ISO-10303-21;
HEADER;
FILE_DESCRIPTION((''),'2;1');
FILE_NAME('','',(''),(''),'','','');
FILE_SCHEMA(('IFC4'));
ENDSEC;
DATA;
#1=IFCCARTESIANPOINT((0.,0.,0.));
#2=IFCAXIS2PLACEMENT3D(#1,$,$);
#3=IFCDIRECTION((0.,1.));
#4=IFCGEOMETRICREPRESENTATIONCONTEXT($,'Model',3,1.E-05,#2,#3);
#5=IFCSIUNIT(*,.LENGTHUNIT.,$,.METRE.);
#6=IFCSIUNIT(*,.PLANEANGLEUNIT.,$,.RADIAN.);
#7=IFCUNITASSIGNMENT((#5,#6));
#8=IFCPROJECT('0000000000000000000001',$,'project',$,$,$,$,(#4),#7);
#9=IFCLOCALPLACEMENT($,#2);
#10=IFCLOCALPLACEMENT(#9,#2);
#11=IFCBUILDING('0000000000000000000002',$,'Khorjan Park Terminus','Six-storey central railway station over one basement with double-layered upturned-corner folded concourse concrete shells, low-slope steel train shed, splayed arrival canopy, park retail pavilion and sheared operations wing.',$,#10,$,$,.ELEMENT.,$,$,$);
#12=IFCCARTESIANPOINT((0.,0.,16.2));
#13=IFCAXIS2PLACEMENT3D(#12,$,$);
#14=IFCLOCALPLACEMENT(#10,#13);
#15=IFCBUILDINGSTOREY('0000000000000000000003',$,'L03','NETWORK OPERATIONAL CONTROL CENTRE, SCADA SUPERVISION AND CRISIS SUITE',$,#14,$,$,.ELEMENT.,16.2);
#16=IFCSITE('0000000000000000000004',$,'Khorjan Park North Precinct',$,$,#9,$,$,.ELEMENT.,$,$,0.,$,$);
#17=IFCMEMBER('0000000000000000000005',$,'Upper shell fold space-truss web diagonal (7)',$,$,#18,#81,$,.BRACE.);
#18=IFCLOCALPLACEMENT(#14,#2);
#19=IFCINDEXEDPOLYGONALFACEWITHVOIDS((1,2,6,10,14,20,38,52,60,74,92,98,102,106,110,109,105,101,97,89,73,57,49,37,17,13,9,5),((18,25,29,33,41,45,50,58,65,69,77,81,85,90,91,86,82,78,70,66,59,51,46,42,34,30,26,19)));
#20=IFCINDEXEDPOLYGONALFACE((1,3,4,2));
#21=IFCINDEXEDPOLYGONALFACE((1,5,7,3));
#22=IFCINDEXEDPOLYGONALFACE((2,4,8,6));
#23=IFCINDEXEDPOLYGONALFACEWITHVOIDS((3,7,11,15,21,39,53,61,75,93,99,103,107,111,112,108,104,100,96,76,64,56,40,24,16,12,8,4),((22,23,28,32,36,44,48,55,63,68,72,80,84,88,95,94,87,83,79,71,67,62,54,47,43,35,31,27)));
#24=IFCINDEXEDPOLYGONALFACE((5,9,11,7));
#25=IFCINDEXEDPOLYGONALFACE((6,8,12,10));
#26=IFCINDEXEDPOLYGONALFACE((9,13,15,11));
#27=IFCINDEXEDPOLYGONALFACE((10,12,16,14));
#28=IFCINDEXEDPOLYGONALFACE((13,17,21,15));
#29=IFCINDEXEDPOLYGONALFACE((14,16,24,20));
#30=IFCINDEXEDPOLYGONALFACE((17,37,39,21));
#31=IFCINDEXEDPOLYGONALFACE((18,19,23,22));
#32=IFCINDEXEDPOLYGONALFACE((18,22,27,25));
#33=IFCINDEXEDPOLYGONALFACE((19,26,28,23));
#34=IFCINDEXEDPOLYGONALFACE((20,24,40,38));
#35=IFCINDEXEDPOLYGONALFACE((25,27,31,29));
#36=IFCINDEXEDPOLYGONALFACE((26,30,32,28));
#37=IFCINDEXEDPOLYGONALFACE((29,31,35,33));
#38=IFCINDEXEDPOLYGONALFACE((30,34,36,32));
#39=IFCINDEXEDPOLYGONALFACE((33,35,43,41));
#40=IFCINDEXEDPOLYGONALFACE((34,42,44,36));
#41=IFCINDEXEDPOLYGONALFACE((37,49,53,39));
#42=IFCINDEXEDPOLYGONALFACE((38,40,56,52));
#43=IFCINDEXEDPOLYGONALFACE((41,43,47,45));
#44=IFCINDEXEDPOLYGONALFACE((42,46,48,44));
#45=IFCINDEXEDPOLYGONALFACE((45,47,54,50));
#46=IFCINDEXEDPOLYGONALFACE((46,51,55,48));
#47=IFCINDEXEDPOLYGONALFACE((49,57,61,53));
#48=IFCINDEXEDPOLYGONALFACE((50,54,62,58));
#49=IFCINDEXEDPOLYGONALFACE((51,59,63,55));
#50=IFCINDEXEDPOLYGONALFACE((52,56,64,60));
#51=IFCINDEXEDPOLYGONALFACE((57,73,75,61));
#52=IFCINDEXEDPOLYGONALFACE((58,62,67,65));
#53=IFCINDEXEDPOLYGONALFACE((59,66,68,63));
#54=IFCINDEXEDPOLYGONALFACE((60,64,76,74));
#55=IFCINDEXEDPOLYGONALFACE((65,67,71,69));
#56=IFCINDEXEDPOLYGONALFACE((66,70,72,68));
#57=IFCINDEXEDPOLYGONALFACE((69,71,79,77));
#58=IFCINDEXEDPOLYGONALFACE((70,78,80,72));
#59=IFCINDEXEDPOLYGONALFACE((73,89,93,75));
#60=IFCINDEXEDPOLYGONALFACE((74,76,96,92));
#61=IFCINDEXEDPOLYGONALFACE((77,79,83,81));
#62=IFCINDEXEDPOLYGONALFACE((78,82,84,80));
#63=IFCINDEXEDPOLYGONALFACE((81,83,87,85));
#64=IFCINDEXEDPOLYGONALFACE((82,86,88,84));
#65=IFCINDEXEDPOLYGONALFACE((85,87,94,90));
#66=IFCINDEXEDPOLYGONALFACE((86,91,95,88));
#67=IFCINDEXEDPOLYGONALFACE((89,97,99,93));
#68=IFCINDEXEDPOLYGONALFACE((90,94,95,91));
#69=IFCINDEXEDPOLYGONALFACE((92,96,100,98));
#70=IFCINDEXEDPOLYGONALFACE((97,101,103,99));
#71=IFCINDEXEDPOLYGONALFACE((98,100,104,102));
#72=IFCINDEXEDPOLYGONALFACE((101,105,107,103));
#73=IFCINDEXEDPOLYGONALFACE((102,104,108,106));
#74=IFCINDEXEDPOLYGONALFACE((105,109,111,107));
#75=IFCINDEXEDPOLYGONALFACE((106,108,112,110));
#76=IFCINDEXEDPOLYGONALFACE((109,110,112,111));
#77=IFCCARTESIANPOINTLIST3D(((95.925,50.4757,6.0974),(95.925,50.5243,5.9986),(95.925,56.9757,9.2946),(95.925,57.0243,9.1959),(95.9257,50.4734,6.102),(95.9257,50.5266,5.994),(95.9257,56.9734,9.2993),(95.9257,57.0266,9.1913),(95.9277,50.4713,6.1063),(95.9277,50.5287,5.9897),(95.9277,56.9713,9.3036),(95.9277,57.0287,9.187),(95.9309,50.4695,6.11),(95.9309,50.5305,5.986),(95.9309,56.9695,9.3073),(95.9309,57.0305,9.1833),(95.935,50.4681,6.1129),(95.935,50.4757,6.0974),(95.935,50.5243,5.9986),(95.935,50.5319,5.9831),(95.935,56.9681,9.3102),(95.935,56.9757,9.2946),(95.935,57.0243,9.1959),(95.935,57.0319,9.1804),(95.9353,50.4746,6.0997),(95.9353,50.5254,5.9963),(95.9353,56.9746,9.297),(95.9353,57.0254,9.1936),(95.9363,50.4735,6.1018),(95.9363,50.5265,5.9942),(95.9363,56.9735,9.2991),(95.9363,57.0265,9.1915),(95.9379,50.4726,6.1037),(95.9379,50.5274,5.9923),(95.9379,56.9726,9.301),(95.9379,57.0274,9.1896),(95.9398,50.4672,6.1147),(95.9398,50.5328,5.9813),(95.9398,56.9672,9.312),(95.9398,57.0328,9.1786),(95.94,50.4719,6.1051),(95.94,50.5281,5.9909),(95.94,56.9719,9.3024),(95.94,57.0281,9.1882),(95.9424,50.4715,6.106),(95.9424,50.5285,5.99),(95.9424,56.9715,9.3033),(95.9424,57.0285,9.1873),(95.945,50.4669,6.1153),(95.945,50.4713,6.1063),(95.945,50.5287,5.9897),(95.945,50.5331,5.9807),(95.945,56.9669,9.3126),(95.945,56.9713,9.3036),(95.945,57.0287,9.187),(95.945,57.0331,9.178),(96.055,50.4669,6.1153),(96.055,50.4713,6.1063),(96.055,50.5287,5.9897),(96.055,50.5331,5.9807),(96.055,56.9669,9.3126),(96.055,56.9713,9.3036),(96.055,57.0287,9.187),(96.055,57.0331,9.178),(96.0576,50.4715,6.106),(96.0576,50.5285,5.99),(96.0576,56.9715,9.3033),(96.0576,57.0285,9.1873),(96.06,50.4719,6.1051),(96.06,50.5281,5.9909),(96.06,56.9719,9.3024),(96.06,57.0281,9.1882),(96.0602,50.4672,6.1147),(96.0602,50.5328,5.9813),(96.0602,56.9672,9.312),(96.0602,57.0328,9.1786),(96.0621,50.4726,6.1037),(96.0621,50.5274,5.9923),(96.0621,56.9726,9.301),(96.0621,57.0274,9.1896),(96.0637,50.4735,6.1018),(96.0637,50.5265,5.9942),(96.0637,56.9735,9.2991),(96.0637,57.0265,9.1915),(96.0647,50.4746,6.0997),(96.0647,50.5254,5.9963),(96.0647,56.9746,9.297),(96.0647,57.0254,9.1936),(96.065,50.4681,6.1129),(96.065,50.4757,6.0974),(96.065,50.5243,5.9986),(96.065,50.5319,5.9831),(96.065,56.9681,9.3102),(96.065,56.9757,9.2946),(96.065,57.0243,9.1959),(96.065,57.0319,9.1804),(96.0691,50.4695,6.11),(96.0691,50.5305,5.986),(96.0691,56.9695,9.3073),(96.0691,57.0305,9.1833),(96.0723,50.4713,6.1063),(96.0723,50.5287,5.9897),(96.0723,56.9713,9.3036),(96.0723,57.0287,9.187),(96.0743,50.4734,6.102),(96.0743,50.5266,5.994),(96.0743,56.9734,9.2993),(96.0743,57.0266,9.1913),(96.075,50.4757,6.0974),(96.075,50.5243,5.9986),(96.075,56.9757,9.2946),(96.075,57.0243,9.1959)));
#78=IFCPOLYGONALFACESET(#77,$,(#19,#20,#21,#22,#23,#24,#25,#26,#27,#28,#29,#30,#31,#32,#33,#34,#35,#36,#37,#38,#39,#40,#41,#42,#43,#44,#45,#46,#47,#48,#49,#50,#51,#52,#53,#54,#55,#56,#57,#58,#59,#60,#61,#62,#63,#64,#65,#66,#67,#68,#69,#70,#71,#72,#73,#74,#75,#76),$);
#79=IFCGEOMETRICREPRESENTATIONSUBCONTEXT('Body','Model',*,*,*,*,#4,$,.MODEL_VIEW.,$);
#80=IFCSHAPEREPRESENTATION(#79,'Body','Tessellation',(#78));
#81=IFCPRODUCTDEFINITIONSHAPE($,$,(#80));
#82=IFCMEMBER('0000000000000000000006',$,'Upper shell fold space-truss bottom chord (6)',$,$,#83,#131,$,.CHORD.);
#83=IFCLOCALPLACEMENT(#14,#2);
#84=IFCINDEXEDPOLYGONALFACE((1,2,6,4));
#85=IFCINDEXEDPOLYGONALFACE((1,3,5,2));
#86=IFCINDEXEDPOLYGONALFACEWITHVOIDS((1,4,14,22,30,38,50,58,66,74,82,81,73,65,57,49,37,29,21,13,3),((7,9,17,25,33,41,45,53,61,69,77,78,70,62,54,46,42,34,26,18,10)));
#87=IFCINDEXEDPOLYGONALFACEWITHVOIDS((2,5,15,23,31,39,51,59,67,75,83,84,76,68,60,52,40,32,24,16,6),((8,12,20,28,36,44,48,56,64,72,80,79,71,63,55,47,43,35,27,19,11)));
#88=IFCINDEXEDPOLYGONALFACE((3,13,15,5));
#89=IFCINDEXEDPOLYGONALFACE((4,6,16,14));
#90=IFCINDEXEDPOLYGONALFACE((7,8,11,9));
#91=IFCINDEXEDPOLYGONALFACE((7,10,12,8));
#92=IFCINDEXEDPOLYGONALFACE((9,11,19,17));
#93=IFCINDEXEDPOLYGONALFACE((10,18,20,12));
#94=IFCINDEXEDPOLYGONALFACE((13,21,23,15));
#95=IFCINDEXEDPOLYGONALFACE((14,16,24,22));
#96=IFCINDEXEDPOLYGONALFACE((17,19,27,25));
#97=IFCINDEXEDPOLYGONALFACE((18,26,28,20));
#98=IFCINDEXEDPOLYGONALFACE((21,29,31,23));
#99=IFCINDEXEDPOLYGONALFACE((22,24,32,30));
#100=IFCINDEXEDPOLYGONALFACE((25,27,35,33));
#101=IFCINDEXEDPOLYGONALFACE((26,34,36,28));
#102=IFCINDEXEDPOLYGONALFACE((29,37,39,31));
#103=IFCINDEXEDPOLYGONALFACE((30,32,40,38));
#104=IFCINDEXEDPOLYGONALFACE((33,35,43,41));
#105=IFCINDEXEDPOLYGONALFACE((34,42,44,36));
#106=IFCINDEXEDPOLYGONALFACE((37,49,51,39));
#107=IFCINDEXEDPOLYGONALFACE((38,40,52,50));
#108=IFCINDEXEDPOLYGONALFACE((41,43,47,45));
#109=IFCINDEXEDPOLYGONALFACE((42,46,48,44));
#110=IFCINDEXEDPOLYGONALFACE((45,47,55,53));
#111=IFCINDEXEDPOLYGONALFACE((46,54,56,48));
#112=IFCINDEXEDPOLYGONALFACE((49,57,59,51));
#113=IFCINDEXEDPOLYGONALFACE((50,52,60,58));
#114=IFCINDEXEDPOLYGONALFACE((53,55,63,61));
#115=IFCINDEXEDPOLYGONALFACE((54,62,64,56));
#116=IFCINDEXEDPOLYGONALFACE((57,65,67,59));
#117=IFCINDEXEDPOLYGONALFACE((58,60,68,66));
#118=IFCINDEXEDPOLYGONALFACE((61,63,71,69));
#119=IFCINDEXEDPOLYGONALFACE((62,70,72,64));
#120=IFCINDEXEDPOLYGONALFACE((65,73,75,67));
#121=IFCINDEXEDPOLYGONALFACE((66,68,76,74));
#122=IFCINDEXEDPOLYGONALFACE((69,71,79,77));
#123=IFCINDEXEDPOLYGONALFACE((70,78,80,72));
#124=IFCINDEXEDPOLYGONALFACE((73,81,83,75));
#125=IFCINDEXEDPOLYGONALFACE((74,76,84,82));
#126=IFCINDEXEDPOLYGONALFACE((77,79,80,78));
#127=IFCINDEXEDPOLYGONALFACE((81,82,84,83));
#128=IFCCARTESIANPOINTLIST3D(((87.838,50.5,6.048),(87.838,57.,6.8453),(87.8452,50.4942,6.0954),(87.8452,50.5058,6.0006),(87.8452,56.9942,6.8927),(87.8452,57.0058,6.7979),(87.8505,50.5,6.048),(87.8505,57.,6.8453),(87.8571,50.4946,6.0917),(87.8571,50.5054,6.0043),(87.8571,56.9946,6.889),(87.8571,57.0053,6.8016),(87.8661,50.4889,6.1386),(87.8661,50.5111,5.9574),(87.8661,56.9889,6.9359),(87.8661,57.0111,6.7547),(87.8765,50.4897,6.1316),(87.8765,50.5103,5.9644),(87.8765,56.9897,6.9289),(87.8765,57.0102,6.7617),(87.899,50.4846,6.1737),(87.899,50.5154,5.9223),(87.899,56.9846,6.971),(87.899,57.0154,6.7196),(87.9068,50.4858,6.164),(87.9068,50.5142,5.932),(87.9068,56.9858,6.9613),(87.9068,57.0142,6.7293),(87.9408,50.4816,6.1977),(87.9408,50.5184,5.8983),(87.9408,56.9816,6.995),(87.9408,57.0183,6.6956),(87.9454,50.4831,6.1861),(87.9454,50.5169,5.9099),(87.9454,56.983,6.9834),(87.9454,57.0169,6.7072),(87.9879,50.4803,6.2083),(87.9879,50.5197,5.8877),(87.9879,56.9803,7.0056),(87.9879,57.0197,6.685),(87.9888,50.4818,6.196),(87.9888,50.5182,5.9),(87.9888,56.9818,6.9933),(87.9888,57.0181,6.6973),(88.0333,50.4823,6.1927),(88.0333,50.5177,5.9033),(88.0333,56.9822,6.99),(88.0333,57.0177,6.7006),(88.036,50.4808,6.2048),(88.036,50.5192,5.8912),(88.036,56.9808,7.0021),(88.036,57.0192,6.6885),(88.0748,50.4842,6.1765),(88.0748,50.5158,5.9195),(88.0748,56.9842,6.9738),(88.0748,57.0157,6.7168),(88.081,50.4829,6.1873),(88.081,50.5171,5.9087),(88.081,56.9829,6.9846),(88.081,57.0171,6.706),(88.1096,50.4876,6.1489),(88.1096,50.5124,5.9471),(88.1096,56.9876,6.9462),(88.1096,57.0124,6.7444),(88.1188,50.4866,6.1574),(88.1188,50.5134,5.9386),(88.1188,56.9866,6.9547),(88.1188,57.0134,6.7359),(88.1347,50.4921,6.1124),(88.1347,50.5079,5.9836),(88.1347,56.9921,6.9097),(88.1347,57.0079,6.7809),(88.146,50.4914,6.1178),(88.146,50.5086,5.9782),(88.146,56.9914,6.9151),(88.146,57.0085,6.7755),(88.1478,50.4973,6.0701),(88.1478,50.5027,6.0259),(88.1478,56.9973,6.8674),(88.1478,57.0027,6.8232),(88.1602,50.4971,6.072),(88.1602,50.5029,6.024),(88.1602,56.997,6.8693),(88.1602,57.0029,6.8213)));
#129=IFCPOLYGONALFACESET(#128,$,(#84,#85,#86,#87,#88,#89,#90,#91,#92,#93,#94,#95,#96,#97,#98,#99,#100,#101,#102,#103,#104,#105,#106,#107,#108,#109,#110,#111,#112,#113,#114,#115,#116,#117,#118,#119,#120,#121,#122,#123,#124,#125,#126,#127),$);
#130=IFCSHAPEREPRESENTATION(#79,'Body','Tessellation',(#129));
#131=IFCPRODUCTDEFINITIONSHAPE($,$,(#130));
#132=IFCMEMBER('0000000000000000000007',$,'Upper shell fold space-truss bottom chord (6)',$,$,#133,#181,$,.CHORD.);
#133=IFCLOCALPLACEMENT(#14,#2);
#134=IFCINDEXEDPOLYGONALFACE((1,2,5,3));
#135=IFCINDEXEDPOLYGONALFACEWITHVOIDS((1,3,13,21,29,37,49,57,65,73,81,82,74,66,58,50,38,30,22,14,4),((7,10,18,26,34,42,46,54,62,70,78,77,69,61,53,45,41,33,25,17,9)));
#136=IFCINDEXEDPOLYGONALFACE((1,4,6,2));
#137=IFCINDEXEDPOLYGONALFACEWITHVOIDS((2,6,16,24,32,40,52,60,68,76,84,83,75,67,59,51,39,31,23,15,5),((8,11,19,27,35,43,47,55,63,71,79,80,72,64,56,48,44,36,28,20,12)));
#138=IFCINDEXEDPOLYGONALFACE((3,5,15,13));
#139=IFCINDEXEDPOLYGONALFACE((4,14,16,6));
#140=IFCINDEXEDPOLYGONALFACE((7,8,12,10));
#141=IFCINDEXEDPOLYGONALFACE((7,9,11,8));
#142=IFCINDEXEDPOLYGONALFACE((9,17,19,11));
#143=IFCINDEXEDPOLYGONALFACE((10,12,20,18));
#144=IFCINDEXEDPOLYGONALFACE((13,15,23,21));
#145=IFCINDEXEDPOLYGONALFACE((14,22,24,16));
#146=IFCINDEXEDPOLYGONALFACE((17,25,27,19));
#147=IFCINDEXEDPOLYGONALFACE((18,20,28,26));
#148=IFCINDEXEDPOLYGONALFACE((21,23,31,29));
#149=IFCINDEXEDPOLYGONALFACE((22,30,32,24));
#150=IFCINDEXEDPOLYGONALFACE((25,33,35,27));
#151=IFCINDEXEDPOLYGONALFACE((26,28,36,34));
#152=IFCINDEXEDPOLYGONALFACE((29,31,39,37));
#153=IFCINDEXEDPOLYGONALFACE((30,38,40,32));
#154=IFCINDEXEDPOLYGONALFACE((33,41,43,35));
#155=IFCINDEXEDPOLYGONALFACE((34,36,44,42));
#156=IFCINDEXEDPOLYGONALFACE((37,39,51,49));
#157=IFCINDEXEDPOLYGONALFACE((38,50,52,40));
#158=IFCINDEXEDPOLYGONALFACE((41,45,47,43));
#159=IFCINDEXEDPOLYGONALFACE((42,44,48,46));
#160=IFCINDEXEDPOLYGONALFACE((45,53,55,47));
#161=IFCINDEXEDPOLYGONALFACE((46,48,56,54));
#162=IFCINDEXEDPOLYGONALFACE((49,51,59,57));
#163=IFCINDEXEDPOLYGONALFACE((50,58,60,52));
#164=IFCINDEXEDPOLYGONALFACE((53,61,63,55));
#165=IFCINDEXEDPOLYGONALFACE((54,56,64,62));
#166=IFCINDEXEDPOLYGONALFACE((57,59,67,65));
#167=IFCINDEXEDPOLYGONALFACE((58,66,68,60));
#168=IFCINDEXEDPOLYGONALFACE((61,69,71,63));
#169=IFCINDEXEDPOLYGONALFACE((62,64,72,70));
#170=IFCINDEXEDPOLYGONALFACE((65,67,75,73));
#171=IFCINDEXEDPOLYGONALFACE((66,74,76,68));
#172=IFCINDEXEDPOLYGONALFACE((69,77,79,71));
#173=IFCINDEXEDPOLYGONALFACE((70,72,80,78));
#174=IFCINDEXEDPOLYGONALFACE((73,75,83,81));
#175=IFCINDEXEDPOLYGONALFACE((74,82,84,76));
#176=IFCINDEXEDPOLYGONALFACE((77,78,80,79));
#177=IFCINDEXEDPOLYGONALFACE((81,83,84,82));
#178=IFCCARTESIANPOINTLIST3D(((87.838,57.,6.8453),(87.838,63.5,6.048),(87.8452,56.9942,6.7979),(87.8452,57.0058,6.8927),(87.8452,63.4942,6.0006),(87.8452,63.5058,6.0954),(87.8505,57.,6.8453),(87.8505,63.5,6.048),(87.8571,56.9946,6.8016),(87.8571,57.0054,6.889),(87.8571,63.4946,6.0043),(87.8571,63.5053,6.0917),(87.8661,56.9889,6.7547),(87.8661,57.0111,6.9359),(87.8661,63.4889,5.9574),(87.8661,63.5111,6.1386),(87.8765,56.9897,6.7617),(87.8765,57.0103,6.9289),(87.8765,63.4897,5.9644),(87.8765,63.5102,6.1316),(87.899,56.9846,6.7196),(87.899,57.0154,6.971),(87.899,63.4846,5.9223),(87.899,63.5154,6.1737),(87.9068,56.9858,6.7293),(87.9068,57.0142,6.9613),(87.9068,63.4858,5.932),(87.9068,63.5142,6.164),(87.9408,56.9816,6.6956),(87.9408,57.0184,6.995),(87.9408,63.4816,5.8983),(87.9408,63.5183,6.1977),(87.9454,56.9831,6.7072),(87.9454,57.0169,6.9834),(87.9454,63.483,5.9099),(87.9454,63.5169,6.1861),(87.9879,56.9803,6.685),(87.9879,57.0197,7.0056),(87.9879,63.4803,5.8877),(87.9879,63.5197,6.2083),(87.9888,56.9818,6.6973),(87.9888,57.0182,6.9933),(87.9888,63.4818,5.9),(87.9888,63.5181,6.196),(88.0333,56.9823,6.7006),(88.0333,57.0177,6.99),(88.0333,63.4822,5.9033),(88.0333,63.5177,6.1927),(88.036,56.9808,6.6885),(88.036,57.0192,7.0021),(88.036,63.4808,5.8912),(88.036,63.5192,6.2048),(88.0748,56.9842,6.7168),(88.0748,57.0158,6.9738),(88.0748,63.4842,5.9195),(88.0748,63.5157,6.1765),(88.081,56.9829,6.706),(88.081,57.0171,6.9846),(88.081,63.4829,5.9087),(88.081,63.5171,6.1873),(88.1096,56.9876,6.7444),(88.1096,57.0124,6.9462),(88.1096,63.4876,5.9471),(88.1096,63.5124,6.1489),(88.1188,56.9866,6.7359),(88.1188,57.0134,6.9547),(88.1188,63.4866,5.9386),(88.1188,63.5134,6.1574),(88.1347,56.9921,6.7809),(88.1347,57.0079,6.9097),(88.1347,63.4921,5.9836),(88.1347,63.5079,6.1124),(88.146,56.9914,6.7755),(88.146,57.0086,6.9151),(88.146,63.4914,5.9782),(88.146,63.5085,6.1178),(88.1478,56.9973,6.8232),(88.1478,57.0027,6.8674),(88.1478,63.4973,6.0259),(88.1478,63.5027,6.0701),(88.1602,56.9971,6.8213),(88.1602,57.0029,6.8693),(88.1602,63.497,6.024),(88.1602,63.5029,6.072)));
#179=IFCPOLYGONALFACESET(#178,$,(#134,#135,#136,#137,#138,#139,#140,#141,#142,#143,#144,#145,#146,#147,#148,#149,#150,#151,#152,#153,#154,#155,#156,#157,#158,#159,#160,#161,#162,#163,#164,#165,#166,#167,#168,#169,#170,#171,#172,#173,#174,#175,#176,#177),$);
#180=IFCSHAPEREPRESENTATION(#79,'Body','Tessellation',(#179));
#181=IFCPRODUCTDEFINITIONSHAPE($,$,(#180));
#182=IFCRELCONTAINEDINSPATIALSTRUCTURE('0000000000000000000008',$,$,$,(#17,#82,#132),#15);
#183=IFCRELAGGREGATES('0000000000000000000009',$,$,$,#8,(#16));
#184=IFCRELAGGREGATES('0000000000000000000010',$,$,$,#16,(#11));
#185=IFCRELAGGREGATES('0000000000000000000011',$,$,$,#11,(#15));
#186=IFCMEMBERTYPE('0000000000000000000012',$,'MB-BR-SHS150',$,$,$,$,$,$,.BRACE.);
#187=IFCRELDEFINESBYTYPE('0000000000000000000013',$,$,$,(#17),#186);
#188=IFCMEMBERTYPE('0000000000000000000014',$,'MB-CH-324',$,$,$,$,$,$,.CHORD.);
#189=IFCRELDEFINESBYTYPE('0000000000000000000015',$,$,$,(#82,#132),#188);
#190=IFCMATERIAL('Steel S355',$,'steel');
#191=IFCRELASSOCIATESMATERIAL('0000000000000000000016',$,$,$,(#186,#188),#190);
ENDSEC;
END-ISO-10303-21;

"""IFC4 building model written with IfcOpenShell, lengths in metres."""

from ifc_helpers import new_model, si_unit, direction, frame, origin, origin_2d, place, context, subcontext, project, spatial, hollow_rectangle, hollow_circle, extrude, material, material_profile, profile_set, type_object, element, save


model = new_model("IFC4")

# Units and contexts
model_context = context("Model", 3, precision=1e-05, world=origin(), true_north=direction((0.0, 1.0)))
body_context = subcontext(model_context, "Body", "Model", "MODEL_VIEW")
ifc_project = project(units=[si_unit("LENGTHUNIT", "METRE"), si_unit("PLANEANGLEUNIT", "RADIAN")], contexts=[model_context])

# Site, building, storey
site_placement = place(None, origin())
site = spatial("IfcSite", under=ifc_project, at=site_placement, Name="Khorjan Park North Precinct", CompositionType="ELEMENT", RefElevation=0.0)
building_placement = place(site_placement, origin())
building = spatial("IfcBuilding", under=site, at=building_placement, Name="Khorjan Park Terminus", Description="Six-storey central railway station over one basement with double-layered upturned-corner folded concourse concrete shells, low-slope steel train shed, splayed arrival canopy, park retail pavilion and sheared operations wing.", CompositionType="ELEMENT")
storey_placement = place(building_placement, frame((0.0, 0.0, 16.2)))
storey = spatial("IfcBuildingStorey", under=building, at=storey_placement, Name="L03", Description="NETWORK OPERATIONAL CONTROL CENTRE, SCADA SUPERVISION AND CRISIS SUITE", CompositionType="ELEMENT", Elevation=16.2)

# Members
ifc_material = material(Name="Steel S355", Category="steel")
ifc_material_profile_1 = material_profile(ifc_material, hollow_rectangle(XDim=0.15, YDim=0.15, WallThickness=0.01, InnerFilletRadius=0.01, OuterFilletRadius=0.02, at=origin_2d()), Name="SHS 150x150x10")
ifc_profile_set_1 = profile_set([ifc_material_profile_1], Name="Steel S355")
member_type_1 = type_object("IfcMemberType", Name="MB-BR-SHS150", PredefinedType="BRACE", material=ifc_profile_set_1)
member_1_placement = place(storey_placement, frame((96.0, 50.5, 6.048), z_axis=(0.0, 0.897318, 0.441384), x_axis=(-1.0, 0.0, 0.0)))
element("IfcMember", 1, at=member_1_placement, inside=storey, type_object=member_type_1, Name="Upper shell fold space-truss web diagonal (7)", PredefinedType="BRACE", context=body_context, shape_type="SweptSolid", body=[
    extrude(hollow_rectangle(XDim=0.15, YDim=0.15, WallThickness=0.01, InnerFilletRadius=0.01, OuterFilletRadius=0.02, at=origin_2d()), origin(), (0.0, 0.0, 1.0), 7.2438),
])
ifc_material_profile_2 = material_profile(ifc_material, hollow_circle(Radius=0.162, WallThickness=0.0125, at=origin_2d()), Name="CHS 323.9x12.5")
ifc_profile_set_2 = profile_set([ifc_material_profile_2], Name="Steel S355")
member_type_2 = type_object("IfcMemberType", Name="MB-CH-324", PredefinedType="CHORD", material=ifc_profile_set_2)
for number, where, z_axis, x_axis, name in (
    (2, (88.0, 50.5, 6.048), (0.0, 0.992561, 0.121749), (-1.0, 0.0, 0.0), "Upper shell fold space-truss bottom chord (6)"),
    (3, (88.0, 57.0, 6.8453), (0.0, 0.992561, -0.121749), (-1.0, 0.0, 0.0), "Upper shell fold space-truss bottom chord (6)"),
):
    element("IfcMember", number, at=place(storey_placement, frame(where, z_axis=z_axis, x_axis=x_axis)), inside=storey, type_object=member_type_2, Name=name, PredefinedType="CHORD", context=body_context, shape_type="SweptSolid", body=[
        extrude(hollow_circle(Radius=0.162, WallThickness=0.0125, at=origin_2d()), origin(), (0.0, 0.0, 1.0), 6.5487),
    ])

save(model, "model.ifc")
